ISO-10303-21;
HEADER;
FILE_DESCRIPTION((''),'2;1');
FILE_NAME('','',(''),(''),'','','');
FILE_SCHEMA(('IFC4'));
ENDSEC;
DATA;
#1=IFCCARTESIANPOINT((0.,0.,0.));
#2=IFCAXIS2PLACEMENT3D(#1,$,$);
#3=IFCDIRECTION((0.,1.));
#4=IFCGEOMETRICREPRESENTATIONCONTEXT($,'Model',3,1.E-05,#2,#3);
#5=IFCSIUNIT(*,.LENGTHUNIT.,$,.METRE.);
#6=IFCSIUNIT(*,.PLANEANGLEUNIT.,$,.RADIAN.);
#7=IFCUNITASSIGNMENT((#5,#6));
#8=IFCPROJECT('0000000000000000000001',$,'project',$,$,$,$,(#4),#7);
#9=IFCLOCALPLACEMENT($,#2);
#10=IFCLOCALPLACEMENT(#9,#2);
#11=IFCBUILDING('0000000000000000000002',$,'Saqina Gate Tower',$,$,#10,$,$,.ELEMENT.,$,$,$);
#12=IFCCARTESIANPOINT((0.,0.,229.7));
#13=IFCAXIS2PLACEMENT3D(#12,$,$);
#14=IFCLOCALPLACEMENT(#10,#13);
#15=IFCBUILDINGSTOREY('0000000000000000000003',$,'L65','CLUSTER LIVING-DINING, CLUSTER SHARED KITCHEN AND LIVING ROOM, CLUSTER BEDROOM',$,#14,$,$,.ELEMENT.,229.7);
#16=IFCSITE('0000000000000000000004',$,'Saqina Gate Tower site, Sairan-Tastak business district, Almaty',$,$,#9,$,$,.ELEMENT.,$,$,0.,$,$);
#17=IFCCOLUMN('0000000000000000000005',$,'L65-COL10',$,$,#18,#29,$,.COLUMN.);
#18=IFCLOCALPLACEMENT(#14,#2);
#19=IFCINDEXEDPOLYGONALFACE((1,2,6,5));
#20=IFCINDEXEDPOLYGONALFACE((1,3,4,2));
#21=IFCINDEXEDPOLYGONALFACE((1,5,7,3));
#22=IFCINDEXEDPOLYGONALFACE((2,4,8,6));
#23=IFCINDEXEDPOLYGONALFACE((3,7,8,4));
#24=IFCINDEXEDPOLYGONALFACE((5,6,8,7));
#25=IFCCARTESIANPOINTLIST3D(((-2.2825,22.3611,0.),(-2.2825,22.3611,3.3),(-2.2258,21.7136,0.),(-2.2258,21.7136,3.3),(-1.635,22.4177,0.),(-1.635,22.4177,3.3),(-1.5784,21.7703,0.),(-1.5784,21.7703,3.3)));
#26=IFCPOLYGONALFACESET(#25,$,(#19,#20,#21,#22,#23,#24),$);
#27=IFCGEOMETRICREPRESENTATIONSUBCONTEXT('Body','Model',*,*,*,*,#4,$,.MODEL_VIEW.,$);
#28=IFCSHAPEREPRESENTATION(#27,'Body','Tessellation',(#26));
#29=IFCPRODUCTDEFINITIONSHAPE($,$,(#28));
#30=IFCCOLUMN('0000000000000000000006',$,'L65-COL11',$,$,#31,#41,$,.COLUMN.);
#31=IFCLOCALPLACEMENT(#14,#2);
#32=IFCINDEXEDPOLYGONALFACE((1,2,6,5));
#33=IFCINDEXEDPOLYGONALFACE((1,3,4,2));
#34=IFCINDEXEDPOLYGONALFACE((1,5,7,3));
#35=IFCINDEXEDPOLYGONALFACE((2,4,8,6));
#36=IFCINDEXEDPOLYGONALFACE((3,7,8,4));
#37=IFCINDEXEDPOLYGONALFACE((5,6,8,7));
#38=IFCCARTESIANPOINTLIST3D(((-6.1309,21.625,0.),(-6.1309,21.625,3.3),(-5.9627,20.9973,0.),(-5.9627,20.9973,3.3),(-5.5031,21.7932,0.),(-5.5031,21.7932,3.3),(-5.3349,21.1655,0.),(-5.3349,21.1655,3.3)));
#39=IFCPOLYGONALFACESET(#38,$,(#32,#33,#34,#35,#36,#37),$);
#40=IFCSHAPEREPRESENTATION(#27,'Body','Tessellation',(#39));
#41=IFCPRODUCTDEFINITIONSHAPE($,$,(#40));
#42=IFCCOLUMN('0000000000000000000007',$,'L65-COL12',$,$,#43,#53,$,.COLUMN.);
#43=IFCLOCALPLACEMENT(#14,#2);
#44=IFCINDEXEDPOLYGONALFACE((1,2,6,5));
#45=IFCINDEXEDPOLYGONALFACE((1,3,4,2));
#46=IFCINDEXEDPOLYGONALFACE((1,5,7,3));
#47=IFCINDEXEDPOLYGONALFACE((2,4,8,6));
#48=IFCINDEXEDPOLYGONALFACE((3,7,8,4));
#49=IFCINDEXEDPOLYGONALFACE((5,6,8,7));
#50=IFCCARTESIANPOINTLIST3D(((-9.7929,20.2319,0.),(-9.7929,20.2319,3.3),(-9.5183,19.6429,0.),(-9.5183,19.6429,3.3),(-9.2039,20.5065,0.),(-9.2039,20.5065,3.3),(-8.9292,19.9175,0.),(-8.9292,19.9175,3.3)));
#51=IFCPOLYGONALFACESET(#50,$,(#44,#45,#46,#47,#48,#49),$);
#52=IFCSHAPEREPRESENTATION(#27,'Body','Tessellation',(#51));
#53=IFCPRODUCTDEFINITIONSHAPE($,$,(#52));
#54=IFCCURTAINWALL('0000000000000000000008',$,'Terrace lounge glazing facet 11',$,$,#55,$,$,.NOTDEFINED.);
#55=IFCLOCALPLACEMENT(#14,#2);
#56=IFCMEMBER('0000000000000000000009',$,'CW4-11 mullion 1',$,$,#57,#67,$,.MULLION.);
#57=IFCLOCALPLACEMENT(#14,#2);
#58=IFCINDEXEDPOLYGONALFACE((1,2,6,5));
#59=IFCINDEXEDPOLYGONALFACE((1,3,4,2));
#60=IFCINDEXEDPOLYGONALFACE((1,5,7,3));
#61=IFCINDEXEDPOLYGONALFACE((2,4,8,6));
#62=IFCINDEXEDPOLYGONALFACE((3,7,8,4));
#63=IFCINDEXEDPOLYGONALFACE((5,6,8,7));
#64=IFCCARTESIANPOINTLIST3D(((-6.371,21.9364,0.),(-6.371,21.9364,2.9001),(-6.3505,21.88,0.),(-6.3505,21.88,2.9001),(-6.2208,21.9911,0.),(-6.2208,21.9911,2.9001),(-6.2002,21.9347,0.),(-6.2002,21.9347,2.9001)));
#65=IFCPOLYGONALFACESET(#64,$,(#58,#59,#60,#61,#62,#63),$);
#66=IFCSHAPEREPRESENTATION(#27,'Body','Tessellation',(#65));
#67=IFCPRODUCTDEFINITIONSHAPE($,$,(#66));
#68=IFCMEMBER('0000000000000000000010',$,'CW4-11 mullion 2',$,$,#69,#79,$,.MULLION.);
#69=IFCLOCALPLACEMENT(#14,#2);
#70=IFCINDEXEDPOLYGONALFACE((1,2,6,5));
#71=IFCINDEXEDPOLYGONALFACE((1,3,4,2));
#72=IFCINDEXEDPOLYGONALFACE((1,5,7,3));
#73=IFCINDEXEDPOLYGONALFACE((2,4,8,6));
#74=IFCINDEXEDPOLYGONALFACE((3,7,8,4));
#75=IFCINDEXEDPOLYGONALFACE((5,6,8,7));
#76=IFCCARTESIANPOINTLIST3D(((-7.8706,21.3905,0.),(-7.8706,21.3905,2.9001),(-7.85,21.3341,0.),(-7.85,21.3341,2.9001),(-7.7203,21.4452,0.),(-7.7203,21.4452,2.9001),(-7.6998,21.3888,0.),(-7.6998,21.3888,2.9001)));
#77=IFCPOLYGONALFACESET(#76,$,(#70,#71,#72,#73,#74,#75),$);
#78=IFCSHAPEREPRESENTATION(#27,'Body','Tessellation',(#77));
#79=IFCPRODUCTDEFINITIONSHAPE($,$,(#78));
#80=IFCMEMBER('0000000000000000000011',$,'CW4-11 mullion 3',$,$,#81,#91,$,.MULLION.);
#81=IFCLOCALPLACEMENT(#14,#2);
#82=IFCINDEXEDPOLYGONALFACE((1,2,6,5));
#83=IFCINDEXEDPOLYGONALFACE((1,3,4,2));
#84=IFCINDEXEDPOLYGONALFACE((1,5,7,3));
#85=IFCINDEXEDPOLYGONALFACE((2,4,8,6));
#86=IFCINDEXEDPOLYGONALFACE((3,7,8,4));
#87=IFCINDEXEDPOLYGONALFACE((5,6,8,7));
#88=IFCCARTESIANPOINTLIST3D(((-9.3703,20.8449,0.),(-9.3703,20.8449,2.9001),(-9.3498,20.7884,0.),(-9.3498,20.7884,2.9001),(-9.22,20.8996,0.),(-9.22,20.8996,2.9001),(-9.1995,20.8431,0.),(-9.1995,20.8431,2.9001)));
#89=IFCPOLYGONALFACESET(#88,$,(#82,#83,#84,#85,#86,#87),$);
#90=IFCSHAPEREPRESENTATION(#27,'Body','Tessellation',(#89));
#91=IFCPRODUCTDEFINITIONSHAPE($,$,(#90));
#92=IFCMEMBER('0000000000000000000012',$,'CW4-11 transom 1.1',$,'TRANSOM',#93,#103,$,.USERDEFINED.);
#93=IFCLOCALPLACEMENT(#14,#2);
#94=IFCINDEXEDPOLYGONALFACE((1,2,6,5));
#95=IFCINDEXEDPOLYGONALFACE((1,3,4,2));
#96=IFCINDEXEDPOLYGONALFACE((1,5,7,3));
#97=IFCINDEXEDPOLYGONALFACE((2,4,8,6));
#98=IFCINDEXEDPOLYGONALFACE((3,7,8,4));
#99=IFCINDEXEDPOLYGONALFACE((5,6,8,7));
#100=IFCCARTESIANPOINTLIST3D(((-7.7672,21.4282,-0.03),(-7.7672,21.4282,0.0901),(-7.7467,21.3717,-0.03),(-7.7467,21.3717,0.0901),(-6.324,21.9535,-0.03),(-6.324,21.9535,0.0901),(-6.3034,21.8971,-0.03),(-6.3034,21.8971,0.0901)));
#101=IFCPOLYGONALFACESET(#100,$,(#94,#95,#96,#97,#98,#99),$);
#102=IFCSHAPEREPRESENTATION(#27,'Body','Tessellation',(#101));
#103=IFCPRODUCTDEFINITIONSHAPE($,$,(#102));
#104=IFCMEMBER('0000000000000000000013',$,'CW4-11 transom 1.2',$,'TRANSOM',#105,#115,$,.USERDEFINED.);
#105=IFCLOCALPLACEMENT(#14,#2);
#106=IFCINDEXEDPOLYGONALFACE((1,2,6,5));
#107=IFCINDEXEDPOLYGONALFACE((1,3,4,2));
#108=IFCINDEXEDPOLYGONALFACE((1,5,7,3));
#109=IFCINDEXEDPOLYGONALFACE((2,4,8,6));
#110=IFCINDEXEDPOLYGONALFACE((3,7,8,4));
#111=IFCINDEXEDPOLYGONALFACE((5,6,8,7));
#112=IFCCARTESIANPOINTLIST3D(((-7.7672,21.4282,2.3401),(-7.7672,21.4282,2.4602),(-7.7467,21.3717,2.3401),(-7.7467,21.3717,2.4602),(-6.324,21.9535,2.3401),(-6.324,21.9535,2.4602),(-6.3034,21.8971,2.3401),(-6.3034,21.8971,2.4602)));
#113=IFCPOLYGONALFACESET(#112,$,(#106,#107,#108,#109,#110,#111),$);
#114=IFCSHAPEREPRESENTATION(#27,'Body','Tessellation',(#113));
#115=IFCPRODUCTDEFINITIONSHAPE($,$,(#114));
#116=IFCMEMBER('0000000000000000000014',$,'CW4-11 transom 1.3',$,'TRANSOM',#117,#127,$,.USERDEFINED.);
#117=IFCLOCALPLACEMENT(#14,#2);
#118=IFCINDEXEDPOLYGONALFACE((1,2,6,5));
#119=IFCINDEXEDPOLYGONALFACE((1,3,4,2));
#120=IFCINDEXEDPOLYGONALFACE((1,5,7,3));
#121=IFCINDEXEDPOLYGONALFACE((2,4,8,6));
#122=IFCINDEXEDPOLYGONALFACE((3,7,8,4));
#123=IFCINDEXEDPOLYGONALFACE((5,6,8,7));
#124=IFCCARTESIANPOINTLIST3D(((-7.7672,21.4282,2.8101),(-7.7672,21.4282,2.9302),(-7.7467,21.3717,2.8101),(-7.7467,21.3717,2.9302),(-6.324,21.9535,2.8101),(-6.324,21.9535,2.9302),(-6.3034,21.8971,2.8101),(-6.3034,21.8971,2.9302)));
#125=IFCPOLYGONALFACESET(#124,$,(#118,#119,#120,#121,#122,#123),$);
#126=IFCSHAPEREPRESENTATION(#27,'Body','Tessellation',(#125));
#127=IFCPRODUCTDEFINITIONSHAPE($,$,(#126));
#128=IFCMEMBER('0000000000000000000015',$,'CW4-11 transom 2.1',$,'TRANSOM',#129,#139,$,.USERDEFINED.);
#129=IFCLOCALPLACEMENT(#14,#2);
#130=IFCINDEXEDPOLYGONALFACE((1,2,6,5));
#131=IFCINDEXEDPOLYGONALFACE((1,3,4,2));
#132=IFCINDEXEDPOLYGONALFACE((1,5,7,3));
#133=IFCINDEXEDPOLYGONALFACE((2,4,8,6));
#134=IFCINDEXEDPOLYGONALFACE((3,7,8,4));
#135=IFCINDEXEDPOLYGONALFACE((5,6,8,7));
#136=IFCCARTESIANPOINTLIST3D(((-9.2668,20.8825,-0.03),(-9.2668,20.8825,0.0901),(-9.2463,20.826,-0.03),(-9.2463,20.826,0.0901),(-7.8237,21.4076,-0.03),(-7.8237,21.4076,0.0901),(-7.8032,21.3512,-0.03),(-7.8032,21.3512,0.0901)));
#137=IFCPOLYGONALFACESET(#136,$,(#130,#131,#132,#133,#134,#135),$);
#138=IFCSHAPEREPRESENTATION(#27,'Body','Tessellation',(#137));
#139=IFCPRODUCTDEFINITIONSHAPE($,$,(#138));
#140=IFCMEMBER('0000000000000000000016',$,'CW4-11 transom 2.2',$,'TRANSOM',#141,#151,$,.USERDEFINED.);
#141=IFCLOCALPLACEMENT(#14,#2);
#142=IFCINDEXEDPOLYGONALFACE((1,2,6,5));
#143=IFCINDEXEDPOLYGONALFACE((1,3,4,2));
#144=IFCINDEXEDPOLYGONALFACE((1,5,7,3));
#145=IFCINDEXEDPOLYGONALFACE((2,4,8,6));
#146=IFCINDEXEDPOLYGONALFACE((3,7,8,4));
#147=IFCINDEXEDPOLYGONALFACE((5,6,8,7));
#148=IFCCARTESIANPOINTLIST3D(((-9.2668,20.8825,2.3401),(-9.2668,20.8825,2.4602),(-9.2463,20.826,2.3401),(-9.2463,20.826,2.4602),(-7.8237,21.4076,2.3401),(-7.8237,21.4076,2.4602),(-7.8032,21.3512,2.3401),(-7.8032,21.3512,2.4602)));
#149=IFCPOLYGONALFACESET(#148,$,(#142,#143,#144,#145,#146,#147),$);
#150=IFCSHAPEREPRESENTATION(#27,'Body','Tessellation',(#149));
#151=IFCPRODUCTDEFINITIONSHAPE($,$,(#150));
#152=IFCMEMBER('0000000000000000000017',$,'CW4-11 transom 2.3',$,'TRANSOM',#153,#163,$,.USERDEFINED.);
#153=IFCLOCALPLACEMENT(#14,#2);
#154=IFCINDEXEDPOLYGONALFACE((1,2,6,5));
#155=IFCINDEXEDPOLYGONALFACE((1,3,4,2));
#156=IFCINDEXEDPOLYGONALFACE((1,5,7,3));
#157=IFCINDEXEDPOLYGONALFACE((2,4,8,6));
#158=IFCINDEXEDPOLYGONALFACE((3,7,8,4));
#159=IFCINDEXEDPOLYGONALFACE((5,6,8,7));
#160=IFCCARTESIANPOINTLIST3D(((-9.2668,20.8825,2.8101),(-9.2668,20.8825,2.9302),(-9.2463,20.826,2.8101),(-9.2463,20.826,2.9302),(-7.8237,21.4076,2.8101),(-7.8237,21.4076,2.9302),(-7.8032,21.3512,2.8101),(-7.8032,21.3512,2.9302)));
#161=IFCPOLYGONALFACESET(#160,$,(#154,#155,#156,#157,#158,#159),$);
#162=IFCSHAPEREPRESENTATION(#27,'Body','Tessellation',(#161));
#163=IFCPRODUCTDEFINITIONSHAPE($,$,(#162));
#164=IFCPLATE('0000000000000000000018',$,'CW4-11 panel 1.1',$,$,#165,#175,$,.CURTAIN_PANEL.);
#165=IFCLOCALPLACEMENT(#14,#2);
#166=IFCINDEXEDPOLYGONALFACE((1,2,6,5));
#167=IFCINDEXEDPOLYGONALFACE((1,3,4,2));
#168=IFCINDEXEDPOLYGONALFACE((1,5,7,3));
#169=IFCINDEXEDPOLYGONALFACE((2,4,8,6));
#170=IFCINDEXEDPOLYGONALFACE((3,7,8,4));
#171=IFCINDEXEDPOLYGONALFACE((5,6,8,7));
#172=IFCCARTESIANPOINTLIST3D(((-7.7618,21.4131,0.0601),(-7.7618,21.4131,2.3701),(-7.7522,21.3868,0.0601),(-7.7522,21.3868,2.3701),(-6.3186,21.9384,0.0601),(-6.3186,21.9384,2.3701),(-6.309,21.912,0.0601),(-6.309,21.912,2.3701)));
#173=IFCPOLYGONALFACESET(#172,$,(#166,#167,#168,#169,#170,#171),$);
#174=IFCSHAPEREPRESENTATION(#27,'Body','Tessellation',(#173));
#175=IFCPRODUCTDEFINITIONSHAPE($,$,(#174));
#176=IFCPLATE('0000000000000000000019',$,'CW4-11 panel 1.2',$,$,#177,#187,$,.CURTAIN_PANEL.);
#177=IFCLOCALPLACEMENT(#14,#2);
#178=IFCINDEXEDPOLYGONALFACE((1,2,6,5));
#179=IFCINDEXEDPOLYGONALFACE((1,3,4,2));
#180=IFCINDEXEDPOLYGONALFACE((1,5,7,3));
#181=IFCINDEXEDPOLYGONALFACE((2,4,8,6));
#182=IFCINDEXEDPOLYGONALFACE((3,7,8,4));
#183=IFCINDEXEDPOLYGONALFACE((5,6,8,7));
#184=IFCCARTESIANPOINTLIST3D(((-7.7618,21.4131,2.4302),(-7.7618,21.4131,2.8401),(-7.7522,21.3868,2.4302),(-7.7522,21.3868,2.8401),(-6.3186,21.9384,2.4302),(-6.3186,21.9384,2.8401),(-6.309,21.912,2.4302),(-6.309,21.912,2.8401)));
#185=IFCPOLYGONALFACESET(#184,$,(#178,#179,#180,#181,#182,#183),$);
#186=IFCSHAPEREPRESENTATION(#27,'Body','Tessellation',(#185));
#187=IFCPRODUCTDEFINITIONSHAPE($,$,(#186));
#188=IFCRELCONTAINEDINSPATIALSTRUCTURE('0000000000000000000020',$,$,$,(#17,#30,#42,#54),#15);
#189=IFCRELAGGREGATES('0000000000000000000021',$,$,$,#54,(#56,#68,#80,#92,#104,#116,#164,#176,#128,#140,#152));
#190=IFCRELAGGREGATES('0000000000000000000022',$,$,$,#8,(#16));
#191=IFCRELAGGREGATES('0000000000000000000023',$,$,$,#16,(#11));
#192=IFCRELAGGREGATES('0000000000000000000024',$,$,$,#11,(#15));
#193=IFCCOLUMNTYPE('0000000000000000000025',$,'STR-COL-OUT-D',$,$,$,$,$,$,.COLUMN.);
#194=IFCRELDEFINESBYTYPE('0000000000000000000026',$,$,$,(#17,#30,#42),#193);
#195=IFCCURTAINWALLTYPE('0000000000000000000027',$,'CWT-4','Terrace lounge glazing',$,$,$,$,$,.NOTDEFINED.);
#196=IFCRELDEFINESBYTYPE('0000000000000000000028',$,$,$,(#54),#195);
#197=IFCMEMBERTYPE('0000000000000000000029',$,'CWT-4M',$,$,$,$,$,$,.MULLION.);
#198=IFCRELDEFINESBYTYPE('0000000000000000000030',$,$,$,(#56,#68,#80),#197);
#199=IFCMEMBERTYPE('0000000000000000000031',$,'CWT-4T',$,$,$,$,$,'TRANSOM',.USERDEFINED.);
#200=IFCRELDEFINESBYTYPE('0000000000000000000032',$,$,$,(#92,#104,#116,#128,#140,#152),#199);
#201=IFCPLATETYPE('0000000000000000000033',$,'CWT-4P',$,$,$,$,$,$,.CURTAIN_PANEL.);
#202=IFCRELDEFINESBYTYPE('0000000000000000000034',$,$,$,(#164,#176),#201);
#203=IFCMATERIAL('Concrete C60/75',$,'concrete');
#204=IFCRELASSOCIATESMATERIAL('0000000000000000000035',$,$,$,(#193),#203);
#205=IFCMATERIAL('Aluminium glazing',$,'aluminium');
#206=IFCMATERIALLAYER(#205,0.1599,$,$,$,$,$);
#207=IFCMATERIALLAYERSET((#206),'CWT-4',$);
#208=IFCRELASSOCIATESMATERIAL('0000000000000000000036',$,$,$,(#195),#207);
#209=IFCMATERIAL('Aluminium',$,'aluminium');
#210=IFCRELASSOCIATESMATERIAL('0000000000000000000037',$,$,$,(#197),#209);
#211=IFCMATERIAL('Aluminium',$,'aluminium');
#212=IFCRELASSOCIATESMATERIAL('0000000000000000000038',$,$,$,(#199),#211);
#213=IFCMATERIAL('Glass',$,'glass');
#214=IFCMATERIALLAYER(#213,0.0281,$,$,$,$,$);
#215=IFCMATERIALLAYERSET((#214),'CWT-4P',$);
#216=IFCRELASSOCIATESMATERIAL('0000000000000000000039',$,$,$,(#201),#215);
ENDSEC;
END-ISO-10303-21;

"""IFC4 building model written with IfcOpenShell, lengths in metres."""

from ifc_helpers import new_model, si_unit, direction, frame, origin, origin_2d, place, context, subcontext, project, spatial, rectangle, extrude, material, layer, layer_set, material_profile, profile_set, type_object, element, aggregate, save


model = new_model("IFC4")

# Units and contexts
model_context = context("Model", 3, precision=1e-05, world=origin(), true_north=direction((0.0, 1.0)))
body_context = subcontext(model_context, "Body", "Model", "MODEL_VIEW")
ifc_project = project(units=[si_unit("LENGTHUNIT", "METRE"), si_unit("PLANEANGLEUNIT", "RADIAN")], contexts=[model_context])

# Site, building, storey
site_placement = place(None, origin())
site = spatial("IfcSite", under=ifc_project, at=site_placement, Name="Saqina Gate Tower site, Sairan-Tastak business district, Almaty", CompositionType="ELEMENT", RefElevation=0.0)
building_placement = place(site_placement, origin())
building = spatial("IfcBuilding", under=site, at=building_placement, Name="Saqina Gate Tower", CompositionType="ELEMENT")
storey_placement = place(building_placement, frame((0.0, 0.0, 229.7)))
storey = spatial("IfcBuildingStorey", under=building, at=storey_placement, Name="L65", Description="CLUSTER LIVING-DINING, CLUSTER SHARED KITCHEN AND LIVING ROOM, CLUSTER BEDROOM", CompositionType="ELEMENT", Elevation=229.7)

# Columns
ifc_material_1 = material(Name="Concrete C60/75", Category="concrete")
ifc_material_profile_1 = material_profile(ifc_material_1, rectangle(XDim=0.6499, YDim=0.6499, at=origin_2d()), Name="RC 650x650")
ifc_profile_set_1 = profile_set([ifc_material_profile_1], Name="Concrete C60/75")
column_type = type_object("IfcColumnType", Name="STR-COL-OUT-D", PredefinedType="COLUMN", material=ifc_profile_set_1)
for number, where, z_axis, x_axis, name in (
    (1, (-1.9304, 22.0657, 0.0), (0.0, 0.0, 1.0), (-0.087156, 0.996195, 0.0), "L65-COL10"),
    (2, (-5.7329, 21.3953, 0.0), (0.0, 0.0, 1.0), (-0.258819, 0.965926, 0.0), "L65-COL11"),
    (3, (-9.3611, 20.0747, 0.0), (0.0, 0.0, 1.0), (-0.422618, 0.906308, 0.0), "L65-COL12"),
):
    element("IfcColumn", number, at=place(storey_placement, frame(where, z_axis=z_axis, x_axis=x_axis)), inside=storey, type_object=column_type, Name=name, PredefinedType="COLUMN", context=body_context, shape_type="SweptSolid", body=[
        extrude(rectangle(XDim=0.6499, YDim=0.6499, at=origin_2d()), origin(), (0.0, 0.0, 1.0), 3.3),
    ])

# Curtain wall, members, plates
ifc_material_2 = material(Name="Aluminium glazing", Category="aluminium")
ifc_layer_1 = layer(ifc_material_2, 0.1599)
ifc_layer_set_1 = layer_set([ifc_layer_1], Name="CWT-4")
curtain_wall_type = type_object("IfcCurtainWallType", Name="CWT-4", Description="Terrace lounge glazing", PredefinedType="NOTDEFINED", material=ifc_layer_set_1)
curtain_wall_placement = place(storey_placement, origin())
curtain_wall = element("IfcCurtainWall", 4, at=curtain_wall_placement, inside=storey, type_object=curtain_wall_type, Name="Terrace lounge glazing facet 11", PredefinedType="NOTDEFINED")
ifc_material_3 = material(Name="Aluminium", Category="aluminium")
ifc_material_profile_2 = material_profile(ifc_material_3, rectangle(XDim=0.0601, YDim=0.1599, at=origin_2d()), Name="Aluminium 60x160")
ifc_profile_set_2 = profile_set([ifc_material_profile_2], Name="Aluminium")
member_type_1 = type_object("IfcMemberType", Name="CWT-4M", PredefinedType="MULLION", material=ifc_profile_set_2)
member_1_placement = place(storey_placement, frame((-6.2856, 21.9355, 0.0), z_axis=(0.0, 0.0, 1.0), x_axis=(0.342007, -0.939697, 0.0)))
member_1 = element("IfcMember", 5, at=member_1_placement, type_object=member_type_1, Name="CW4-11 mullion 1", PredefinedType="MULLION", context=body_context, shape_type="SweptSolid", body=[
    extrude(rectangle(XDim=0.0601, YDim=0.1599, at=origin_2d()), origin(), (0.0, 0.0, 1.0), 2.9001),
])
member_2_placement = place(storey_placement, frame((-7.7852, 21.3896, 0.0), z_axis=(0.0, 0.0, 1.0), x_axis=(0.342007, -0.939697, 0.0)))
member_2 = element("IfcMember", 6, at=member_2_placement, type_object=member_type_1, Name="CW4-11 mullion 2", PredefinedType="MULLION", context=body_context, shape_type="SweptSolid", body=[
    extrude(rectangle(XDim=0.0601, YDim=0.1599, at=origin_2d()), origin(), (0.0, 0.0, 1.0), 2.9001),
])
member_3_placement = place(storey_placement, frame((-9.2849, 20.844, 0.0), z_axis=(0.0, 0.0, 1.0), x_axis=(0.342007, -0.939697, 0.0)))
member_3 = element("IfcMember", 7, at=member_3_placement, type_object=member_type_1, Name="CW4-11 mullion 3", PredefinedType="MULLION", context=body_context, shape_type="SweptSolid", body=[
    extrude(rectangle(XDim=0.0601, YDim=0.1599, at=origin_2d()), origin(), (0.0, 0.0, 1.0), 2.9001),
])
ifc_material_4 = material(Name="Aluminium", Category="aluminium")
ifc_material_profile_3 = material_profile(ifc_material_4, rectangle(XDim=0.0601, YDim=0.1201, at=origin_2d()), Name="Aluminium 60x120")
ifc_profile_set_3 = profile_set([ifc_material_profile_3], Name="Aluminium")
member_type_2 = type_object("IfcMemberType", Name="CWT-4T", ElementType="TRANSOM", PredefinedType="USERDEFINED", material=ifc_profile_set_3)
member_4_placement = place(storey_placement, frame((-6.3137, 21.9253, 0.03), z_axis=(-0.939682, -0.342049, 0.0), x_axis=(0.342049, -0.939682, 0.0)))
member_4 = element("IfcMember", 8, at=member_4_placement, type_object=member_type_2, Name="CW4-11 transom 1.1", ObjectType="TRANSOM", PredefinedType="USERDEFINED", context=body_context, shape_type="SweptSolid", body=[
    extrude(rectangle(XDim=0.0601, YDim=0.1201, at=origin_2d()), origin(), (0.0, 0.0, 1.0), 1.5359),
])
member_5_placement = place(storey_placement, frame((-6.3137, 21.9253, 2.4001), z_axis=(-0.939682, -0.342049, 0.0), x_axis=(0.342049, -0.939682, 0.0)))
member_5 = element("IfcMember", 9, at=member_5_placement, type_object=member_type_2, Name="CW4-11 transom 1.2", ObjectType="TRANSOM", PredefinedType="USERDEFINED", context=body_context, shape_type="SweptSolid", body=[
    extrude(rectangle(XDim=0.0601, YDim=0.1201, at=origin_2d()), origin(), (0.0, 0.0, 1.0), 1.5359),
])
member_6_placement = place(storey_placement, frame((-6.3137, 21.9253, 2.8701), z_axis=(-0.939682, -0.342049, 0.0), x_axis=(0.342049, -0.939682, 0.0)))
member_6 = element("IfcMember", 10, at=member_6_placement, type_object=member_type_2, Name="CW4-11 transom 1.3", ObjectType="TRANSOM", PredefinedType="USERDEFINED", context=body_context, shape_type="SweptSolid", body=[
    extrude(rectangle(XDim=0.0601, YDim=0.1201, at=origin_2d()), origin(), (0.0, 0.0, 1.0), 1.5359),
])
member_7_placement = place(storey_placement, frame((-7.8135, 21.3794, 0.03), z_axis=(-0.939714, -0.34196, 0.0), x_axis=(0.34196, -0.939714, 0.0)))
member_7 = element("IfcMember", 11, at=member_7_placement, type_object=member_type_2, Name="CW4-11 transom 2.1", ObjectType="TRANSOM", PredefinedType="USERDEFINED", context=body_context, shape_type="SweptSolid", body=[
    extrude(rectangle(XDim=0.0601, YDim=0.1201, at=origin_2d()), origin(), (0.0, 0.0, 1.0), 1.5356),
])
member_8_placement = place(storey_placement, frame((-7.8135, 21.3794, 2.4001), z_axis=(-0.939714, -0.34196, 0.0), x_axis=(0.34196, -0.939714, 0.0)))
member_8 = element("IfcMember", 12, at=member_8_placement, type_object=member_type_2, Name="CW4-11 transom 2.2", ObjectType="TRANSOM", PredefinedType="USERDEFINED", context=body_context, shape_type="SweptSolid", body=[
    extrude(rectangle(XDim=0.0601, YDim=0.1201, at=origin_2d()), origin(), (0.0, 0.0, 1.0), 1.5356),
])
member_9_placement = place(storey_placement, frame((-7.8135, 21.3794, 2.8701), z_axis=(-0.939714, -0.34196, 0.0), x_axis=(0.34196, -0.939714, 0.0)))
member_9 = element("IfcMember", 13, at=member_9_placement, type_object=member_type_2, Name="CW4-11 transom 2.3", ObjectType="TRANSOM", PredefinedType="USERDEFINED", context=body_context, shape_type="SweptSolid", body=[
    extrude(rectangle(XDim=0.0601, YDim=0.1201, at=origin_2d()), origin(), (0.0, 0.0, 1.0), 1.5356),
])
ifc_material_5 = material(Name="Glass", Category="glass")
ifc_layer_2 = layer(ifc_material_5, 0.0281)
ifc_layer_set_2 = layer_set([ifc_layer_2], Name="CWT-4P")
plate_type = type_object("IfcPlateType", Name="CWT-4P", PredefinedType="CURTAIN_PANEL", material=ifc_layer_set_2)
plate_1_placement = place(storey_placement, frame((-7.0354, 21.6626, 0.0601), z_axis=(0.0, 0.0, 1.0), x_axis=(-0.939697, -0.342007, 0.0)))
plate_1 = element("IfcPlate", 14, at=plate_1_placement, type_object=plate_type, Name="CW4-11 panel 1.1", PredefinedType="CURTAIN_PANEL", context=body_context, shape_type="SweptSolid", body=[
    extrude(rectangle(XDim=1.5359, YDim=0.0281, at=origin_2d()), origin(), (0.0, 0.0, 1.0), 2.3101),
])
plate_2_placement = place(storey_placement, frame((-7.0354, 21.6626, 2.4302), z_axis=(0.0, 0.0, 1.0), x_axis=(-0.939697, -0.342007, 0.0)))
plate_2 = element("IfcPlate", 15, at=plate_2_placement, type_object=plate_type, Name="CW4-11 panel 1.2", PredefinedType="CURTAIN_PANEL", context=body_context, shape_type="SweptSolid", body=[
    extrude(rectangle(XDim=1.5359, YDim=0.0281, at=origin_2d()), origin(), (0.0, 0.0, 1.0), 0.4099),
])
aggregate(curtain_wall, [member_1, member_2, member_3, member_4, member_5, member_6, plate_1, plate_2, member_7, member_8, member_9])

save(model, "model.ifc")
